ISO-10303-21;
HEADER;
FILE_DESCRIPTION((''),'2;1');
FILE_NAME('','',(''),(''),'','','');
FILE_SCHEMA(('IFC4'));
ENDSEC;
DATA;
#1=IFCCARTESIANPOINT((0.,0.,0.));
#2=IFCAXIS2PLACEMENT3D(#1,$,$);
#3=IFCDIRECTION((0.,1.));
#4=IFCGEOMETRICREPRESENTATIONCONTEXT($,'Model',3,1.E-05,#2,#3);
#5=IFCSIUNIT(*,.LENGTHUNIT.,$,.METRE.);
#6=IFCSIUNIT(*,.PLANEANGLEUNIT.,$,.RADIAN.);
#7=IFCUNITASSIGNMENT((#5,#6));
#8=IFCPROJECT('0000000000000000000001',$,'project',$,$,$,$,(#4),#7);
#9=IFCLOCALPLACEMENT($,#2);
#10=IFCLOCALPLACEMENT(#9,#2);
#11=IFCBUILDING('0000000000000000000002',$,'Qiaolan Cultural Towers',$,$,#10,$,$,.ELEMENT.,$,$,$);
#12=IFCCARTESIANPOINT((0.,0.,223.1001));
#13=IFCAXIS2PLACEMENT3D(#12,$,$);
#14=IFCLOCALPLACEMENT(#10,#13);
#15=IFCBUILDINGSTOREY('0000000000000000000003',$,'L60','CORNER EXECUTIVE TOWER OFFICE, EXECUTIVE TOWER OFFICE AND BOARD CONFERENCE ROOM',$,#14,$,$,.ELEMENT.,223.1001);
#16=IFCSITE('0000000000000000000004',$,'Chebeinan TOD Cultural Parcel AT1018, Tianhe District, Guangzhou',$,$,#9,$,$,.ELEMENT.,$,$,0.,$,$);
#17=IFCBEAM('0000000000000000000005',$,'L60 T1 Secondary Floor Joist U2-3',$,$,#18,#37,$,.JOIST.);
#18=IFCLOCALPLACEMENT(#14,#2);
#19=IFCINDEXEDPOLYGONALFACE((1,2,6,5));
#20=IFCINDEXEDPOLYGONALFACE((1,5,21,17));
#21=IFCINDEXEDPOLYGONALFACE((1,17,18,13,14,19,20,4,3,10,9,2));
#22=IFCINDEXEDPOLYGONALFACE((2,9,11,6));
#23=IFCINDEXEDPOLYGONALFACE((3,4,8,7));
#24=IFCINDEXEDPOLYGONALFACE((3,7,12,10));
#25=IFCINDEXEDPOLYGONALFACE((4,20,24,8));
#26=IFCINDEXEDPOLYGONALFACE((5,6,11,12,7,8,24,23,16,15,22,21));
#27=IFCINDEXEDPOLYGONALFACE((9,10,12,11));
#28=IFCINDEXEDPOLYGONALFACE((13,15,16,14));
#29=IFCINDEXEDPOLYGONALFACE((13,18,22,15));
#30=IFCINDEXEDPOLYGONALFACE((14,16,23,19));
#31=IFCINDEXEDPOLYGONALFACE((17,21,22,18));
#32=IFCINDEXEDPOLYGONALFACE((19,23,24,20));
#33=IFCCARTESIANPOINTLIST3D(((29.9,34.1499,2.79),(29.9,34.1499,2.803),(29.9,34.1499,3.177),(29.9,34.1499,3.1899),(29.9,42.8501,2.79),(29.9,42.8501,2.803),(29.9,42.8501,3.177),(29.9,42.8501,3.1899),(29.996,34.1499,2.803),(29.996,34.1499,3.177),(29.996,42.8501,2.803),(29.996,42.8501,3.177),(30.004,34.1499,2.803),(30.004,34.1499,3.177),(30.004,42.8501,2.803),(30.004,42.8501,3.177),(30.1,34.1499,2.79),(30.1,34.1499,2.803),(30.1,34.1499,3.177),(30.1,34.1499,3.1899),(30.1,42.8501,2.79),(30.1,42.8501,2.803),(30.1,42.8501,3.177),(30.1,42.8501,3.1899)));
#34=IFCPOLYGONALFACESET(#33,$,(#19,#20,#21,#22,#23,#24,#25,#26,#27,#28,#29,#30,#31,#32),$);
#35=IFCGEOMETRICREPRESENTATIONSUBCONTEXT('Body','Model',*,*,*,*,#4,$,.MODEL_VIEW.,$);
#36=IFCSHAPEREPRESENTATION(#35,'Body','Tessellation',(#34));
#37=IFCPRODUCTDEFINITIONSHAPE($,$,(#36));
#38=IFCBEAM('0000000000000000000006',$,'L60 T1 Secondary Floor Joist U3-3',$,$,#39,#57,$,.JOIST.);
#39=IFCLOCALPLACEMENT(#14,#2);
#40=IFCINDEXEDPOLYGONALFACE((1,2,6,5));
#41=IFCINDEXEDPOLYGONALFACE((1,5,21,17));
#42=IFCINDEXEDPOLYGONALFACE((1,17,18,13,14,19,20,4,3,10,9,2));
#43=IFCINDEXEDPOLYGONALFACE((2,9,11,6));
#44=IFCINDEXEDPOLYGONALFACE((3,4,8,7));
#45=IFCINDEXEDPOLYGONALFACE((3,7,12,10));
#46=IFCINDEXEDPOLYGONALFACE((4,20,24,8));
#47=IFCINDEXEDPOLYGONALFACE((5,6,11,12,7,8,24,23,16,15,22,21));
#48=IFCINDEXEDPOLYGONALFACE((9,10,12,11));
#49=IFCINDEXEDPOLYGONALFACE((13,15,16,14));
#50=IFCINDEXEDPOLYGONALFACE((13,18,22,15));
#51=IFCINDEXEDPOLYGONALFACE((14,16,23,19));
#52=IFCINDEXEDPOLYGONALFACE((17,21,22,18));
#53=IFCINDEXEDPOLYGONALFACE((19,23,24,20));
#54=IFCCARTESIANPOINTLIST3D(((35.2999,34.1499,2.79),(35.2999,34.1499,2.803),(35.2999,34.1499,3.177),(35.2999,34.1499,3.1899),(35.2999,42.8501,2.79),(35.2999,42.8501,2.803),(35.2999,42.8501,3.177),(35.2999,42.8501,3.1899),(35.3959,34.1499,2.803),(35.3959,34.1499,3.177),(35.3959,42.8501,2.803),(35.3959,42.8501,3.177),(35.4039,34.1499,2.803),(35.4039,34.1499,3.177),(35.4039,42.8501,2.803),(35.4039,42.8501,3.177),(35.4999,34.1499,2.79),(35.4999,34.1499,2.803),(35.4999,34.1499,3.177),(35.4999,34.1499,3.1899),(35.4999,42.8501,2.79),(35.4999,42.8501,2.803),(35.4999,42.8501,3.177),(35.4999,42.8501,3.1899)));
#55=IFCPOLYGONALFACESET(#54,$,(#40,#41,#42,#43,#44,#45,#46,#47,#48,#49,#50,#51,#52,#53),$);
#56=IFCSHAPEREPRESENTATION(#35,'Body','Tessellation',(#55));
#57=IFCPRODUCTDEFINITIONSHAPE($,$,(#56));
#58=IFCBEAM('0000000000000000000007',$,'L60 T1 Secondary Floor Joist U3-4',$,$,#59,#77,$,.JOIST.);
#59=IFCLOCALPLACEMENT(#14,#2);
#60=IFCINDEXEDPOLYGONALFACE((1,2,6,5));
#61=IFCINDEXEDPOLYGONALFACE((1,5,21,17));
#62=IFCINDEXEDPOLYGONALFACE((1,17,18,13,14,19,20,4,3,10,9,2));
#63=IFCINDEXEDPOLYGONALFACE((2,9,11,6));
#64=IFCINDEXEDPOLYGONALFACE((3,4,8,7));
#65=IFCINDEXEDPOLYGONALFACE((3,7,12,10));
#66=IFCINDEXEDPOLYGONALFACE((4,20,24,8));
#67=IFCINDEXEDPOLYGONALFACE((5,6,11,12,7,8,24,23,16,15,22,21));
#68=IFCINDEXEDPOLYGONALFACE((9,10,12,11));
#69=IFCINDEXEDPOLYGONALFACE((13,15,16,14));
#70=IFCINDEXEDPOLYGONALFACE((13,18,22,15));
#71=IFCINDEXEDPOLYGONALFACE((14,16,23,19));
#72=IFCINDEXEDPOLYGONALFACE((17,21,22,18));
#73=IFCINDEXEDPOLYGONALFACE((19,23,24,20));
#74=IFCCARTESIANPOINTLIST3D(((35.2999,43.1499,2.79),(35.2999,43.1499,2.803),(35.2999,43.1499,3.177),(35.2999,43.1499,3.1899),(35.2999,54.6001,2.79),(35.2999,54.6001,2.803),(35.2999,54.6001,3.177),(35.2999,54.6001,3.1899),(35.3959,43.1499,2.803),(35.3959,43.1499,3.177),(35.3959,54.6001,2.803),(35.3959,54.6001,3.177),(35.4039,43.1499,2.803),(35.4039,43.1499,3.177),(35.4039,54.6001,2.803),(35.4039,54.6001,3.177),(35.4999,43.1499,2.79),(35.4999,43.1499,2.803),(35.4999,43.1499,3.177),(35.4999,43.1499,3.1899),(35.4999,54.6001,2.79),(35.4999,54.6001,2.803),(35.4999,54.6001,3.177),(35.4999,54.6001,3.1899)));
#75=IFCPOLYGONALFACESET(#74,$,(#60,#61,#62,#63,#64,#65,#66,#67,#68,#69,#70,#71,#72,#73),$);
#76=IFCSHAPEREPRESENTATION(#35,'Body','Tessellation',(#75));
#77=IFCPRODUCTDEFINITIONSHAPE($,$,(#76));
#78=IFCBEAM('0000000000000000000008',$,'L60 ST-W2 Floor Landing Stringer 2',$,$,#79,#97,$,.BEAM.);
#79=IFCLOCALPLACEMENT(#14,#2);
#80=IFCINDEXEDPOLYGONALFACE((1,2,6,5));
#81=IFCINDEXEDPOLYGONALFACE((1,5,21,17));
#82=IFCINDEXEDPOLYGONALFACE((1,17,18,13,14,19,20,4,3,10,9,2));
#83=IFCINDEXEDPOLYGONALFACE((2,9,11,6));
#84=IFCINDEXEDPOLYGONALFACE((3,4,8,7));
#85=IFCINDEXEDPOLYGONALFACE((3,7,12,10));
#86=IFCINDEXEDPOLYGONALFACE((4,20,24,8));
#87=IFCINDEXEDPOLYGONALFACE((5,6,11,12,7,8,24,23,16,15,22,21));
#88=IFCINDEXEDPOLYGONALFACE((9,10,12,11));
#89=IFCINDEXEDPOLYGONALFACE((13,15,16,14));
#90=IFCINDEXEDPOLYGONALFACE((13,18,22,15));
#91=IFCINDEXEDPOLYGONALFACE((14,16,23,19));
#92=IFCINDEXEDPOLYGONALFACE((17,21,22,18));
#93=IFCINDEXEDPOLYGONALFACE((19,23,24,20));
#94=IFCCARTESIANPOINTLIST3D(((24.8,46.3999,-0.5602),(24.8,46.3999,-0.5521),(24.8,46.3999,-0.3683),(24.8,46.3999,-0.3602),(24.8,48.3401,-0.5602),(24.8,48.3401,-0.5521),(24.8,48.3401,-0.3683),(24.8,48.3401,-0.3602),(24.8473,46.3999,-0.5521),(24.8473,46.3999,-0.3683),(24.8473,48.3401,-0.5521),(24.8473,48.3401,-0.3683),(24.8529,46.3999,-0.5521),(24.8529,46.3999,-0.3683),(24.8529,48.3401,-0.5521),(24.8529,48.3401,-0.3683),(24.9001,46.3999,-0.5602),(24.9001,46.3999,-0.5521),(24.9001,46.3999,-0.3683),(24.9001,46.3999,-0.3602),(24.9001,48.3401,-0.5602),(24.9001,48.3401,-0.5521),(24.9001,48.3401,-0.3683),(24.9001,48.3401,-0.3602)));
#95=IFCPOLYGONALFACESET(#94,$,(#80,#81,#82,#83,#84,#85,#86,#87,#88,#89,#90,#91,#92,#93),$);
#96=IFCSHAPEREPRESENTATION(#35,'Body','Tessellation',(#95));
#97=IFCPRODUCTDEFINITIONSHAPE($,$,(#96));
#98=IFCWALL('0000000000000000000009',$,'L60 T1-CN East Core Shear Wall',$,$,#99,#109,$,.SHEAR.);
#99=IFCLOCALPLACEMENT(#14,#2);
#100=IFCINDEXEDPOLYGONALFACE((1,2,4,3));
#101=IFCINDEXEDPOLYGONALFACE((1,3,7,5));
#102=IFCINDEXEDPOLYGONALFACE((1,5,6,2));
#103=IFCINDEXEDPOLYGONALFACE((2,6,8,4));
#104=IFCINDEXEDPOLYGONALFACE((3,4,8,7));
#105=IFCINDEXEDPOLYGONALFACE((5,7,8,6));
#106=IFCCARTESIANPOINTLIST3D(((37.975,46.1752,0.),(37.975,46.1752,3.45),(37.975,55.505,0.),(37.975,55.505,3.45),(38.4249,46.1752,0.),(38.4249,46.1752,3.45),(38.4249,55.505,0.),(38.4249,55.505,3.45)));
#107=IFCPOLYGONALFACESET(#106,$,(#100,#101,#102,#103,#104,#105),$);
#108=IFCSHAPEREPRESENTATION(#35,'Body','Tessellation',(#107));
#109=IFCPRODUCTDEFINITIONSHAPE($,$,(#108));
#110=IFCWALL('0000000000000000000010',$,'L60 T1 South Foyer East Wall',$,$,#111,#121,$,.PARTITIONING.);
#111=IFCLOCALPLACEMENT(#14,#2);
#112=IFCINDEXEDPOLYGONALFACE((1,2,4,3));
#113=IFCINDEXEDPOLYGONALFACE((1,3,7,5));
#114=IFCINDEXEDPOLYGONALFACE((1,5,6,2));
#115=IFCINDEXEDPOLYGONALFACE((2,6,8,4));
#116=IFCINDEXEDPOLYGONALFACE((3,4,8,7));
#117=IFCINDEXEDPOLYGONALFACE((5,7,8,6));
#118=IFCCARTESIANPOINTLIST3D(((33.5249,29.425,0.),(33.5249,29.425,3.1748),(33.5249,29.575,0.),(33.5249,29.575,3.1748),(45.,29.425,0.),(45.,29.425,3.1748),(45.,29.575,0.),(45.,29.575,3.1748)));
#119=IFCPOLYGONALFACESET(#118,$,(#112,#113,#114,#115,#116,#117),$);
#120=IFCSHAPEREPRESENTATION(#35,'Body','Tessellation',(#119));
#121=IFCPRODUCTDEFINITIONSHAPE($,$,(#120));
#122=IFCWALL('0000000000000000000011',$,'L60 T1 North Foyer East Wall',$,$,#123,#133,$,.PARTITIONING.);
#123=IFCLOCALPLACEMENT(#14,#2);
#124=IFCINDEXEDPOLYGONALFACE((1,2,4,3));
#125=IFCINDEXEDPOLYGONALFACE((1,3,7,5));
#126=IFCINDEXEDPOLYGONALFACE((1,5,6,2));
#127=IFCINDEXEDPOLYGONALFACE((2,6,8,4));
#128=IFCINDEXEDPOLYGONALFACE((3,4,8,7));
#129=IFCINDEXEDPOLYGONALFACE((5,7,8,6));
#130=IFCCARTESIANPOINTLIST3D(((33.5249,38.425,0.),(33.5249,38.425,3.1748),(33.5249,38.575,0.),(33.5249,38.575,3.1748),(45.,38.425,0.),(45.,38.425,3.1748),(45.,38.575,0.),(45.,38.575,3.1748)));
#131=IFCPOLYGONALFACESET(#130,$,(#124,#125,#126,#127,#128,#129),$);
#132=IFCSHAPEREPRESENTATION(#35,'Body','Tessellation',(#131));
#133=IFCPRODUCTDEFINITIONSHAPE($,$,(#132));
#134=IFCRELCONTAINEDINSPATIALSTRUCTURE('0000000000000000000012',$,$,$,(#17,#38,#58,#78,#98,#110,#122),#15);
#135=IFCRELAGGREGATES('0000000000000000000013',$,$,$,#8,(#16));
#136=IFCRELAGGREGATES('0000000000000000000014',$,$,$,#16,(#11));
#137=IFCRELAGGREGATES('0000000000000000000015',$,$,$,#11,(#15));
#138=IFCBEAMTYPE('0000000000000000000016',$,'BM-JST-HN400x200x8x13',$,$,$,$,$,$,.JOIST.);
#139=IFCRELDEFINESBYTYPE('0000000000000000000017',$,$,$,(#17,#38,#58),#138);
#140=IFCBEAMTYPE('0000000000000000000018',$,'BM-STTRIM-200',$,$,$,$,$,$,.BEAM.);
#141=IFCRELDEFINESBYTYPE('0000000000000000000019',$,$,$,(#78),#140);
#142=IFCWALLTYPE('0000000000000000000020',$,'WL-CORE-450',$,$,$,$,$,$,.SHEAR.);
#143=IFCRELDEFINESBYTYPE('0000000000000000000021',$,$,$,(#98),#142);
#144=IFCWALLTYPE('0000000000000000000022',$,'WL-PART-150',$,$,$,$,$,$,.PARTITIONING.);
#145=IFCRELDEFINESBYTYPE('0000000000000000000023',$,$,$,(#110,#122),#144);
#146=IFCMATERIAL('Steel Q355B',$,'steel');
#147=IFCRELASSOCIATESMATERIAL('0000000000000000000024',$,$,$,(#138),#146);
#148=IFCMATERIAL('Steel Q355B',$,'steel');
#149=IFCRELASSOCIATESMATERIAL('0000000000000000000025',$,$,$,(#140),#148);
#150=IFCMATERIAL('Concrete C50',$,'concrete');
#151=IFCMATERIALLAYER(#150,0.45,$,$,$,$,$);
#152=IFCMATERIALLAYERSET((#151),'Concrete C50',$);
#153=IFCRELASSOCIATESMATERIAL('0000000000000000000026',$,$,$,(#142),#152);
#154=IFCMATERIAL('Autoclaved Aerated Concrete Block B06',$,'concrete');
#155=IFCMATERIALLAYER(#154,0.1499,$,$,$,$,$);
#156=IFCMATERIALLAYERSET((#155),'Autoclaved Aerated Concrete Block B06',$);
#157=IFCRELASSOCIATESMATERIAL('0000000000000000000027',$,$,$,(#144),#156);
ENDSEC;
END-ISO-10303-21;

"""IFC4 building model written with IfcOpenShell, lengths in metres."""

from ifc_helpers import new_model, si_unit, direction, frame, frame_2d, origin, origin_2d, place, context, subcontext, project, spatial, rectangle, i_section, extrude, material, layer, layer_set, material_profile, profile_set, type_object, element, save


model = new_model("IFC4")

# Units and contexts
model_context = context("Model", 3, precision=1e-05, world=origin(), true_north=direction((0.0, 1.0)))
body_context = subcontext(model_context, "Body", "Model", "MODEL_VIEW")
ifc_project = project(units=[si_unit("LENGTHUNIT", "METRE"), si_unit("PLANEANGLEUNIT", "RADIAN")], contexts=[model_context])

# Site, building, storey
site_placement = place(None, origin())
site = spatial("IfcSite", under=ifc_project, at=site_placement, Name="Chebeinan TOD Cultural Parcel AT1018, Tianhe District, Guangzhou", CompositionType="ELEMENT", RefElevation=0.0)
building_placement = place(site_placement, origin())
building = spatial("IfcBuilding", under=site, at=building_placement, Name="Qiaolan Cultural Towers", CompositionType="ELEMENT")
storey_placement = place(building_placement, frame((0.0, 0.0, 223.1001)))
storey = spatial("IfcBuildingStorey", under=building, at=storey_placement, Name="L60", Description="CORNER EXECUTIVE TOWER OFFICE, EXECUTIVE TOWER OFFICE AND BOARD CONFERENCE ROOM", CompositionType="ELEMENT", Elevation=223.1001)

# Beams
ifc_material_1 = material(Name="Steel Q355B", Category="steel")
ifc_material_profile_1 = material_profile(ifc_material_1, i_section(OverallWidth=0.2, OverallDepth=0.3999, WebThickness=0.0081, FlangeThickness=0.0129, at=origin_2d()), Name="HN400x200x8x13")
ifc_profile_set_1 = profile_set([ifc_material_profile_1], Name="Steel Q355B")
beam_type_1 = type_object("IfcBeamType", Name="BM-JST-HN400x200x8x13", PredefinedType="JOIST", material=ifc_profile_set_1)
for number, where, z_axis, x_axis, name in (
    (1, (30.0, 34.1499, 2.99), (0.0, 1.0, 0.0), (-1.0, 0.0, 0.0), "L60 T1 Secondary Floor Joist U2-3"),
    (2, (35.3999, 34.1499, 2.99), (0.0, 1.0, 0.0), (-1.0, 0.0, 0.0), "L60 T1 Secondary Floor Joist U3-3"),
):
    element("IfcBeam", number, at=place(storey_placement, frame(where, z_axis=z_axis, x_axis=x_axis)), inside=storey, type_object=beam_type_1, Name=name, PredefinedType="JOIST", context=body_context, shape_type="SweptSolid", body=[
        extrude(i_section(OverallWidth=0.2, OverallDepth=0.3999, WebThickness=0.0081, FlangeThickness=0.0129, at=origin_2d()), origin(), (0.0, 0.0, 1.0), 8.7002),
    ])
beam_1_placement = place(storey_placement, frame((35.3999, 43.1499, 2.99), z_axis=(0.0, 1.0, 0.0), x_axis=(-1.0, 0.0, 0.0)))
element("IfcBeam", 3, at=beam_1_placement, inside=storey, type_object=beam_type_1, Name="L60 T1 Secondary Floor Joist U3-4", PredefinedType="JOIST", context=body_context, shape_type="SweptSolid", body=[
    extrude(i_section(OverallWidth=0.2, OverallDepth=0.3999, WebThickness=0.0081, FlangeThickness=0.0129, at=origin_2d()), origin(), (0.0, 0.0, 1.0), 11.4502),
])
ifc_material_2 = material(Name="Steel Q355B", Category="steel")
ifc_material_profile_2 = material_profile(ifc_material_2, i_section(OverallWidth=0.1001, OverallDepth=0.2, WebThickness=0.0056, FlangeThickness=0.0081, at=origin_2d()), Name="HN200x100x5.5x8")
ifc_profile_set_2 = profile_set([ifc_material_profile_2], Name="Steel Q355B")
beam_type_2 = type_object("IfcBeamType", Name="BM-STTRIM-200", PredefinedType="BEAM", material=ifc_profile_set_2)
beam_2_placement = place(storey_placement, frame((24.8501, 46.3999, -0.4602), z_axis=(0.0, 1.0, 0.0), x_axis=(-1.0, 0.0, 0.0)))
element("IfcBeam", 4, at=beam_2_placement, inside=storey, type_object=beam_type_2, Name="L60 ST-W2 Floor Landing Stringer 2", PredefinedType="BEAM", context=body_context, shape_type="SweptSolid", body=[
    extrude(i_section(OverallWidth=0.1001, OverallDepth=0.2, WebThickness=0.0056, FlangeThickness=0.0081, at=origin_2d()), origin(), (0.0, 0.0, 1.0), 1.9402),
])

# Walls
ifc_material_3 = material(Name="Concrete C50", Category="concrete")
ifc_layer_1 = layer(ifc_material_3, 0.45)
ifc_layer_set_1 = layer_set([ifc_layer_1], Name="Concrete C50")
wall_type_1 = type_object("IfcWallType", Name="WL-CORE-450", PredefinedType="SHEAR", material=ifc_layer_set_1)
wall_1_placement = place(storey_placement, frame((38.2, 46.175, 0.0), z_axis=(0.0, 0.0, 1.0), x_axis=(0.0, 1.0, 0.0)))
element("IfcWall", 5, at=wall_1_placement, inside=storey, type_object=wall_type_1, Name="L60 T1-CN East Core Shear Wall", PredefinedType="SHEAR", context=body_context, shape_type="SweptSolid", body=[
    extrude(rectangle(XDim=9.3298, YDim=0.45, at=frame_2d((4.665, 0.0))), origin(), (0.0, 0.0, 1.0), 3.45),
])
ifc_material_4 = material(Name="Autoclaved Aerated Concrete Block B06", Category="concrete")
ifc_layer_2 = layer(ifc_material_4, 0.1499)
ifc_layer_set_2 = layer_set([ifc_layer_2], Name="Autoclaved Aerated Concrete Block B06")
wall_type_2 = type_object("IfcWallType", Name="WL-PART-150", PredefinedType="PARTITIONING", material=ifc_layer_set_2)
for number, where, z_axis, x_axis, name in (
    (6, (33.5249, 29.5, 0.0), (0.0, 0.0, 1.0), (1.0, 0.0, 0.0), "L60 T1 South Foyer East Wall"),
    (7, (33.5249, 38.5, 0.0), (0.0, 0.0, 1.0), (1.0, 0.0, 0.0), "L60 T1 North Foyer East Wall"),
):
    element("IfcWall", number, at=place(storey_placement, frame(where, z_axis=z_axis, x_axis=x_axis)), inside=storey, type_object=wall_type_2, Name=name, PredefinedType="PARTITIONING", context=body_context, shape_type="SweptSolid", body=[
        extrude(rectangle(XDim=11.4751, YDim=0.1499, at=frame_2d((5.7375, 0.0))), origin(), (0.0, 0.0, 1.0), 3.1748),
    ])

save(model, "model.ifc")
